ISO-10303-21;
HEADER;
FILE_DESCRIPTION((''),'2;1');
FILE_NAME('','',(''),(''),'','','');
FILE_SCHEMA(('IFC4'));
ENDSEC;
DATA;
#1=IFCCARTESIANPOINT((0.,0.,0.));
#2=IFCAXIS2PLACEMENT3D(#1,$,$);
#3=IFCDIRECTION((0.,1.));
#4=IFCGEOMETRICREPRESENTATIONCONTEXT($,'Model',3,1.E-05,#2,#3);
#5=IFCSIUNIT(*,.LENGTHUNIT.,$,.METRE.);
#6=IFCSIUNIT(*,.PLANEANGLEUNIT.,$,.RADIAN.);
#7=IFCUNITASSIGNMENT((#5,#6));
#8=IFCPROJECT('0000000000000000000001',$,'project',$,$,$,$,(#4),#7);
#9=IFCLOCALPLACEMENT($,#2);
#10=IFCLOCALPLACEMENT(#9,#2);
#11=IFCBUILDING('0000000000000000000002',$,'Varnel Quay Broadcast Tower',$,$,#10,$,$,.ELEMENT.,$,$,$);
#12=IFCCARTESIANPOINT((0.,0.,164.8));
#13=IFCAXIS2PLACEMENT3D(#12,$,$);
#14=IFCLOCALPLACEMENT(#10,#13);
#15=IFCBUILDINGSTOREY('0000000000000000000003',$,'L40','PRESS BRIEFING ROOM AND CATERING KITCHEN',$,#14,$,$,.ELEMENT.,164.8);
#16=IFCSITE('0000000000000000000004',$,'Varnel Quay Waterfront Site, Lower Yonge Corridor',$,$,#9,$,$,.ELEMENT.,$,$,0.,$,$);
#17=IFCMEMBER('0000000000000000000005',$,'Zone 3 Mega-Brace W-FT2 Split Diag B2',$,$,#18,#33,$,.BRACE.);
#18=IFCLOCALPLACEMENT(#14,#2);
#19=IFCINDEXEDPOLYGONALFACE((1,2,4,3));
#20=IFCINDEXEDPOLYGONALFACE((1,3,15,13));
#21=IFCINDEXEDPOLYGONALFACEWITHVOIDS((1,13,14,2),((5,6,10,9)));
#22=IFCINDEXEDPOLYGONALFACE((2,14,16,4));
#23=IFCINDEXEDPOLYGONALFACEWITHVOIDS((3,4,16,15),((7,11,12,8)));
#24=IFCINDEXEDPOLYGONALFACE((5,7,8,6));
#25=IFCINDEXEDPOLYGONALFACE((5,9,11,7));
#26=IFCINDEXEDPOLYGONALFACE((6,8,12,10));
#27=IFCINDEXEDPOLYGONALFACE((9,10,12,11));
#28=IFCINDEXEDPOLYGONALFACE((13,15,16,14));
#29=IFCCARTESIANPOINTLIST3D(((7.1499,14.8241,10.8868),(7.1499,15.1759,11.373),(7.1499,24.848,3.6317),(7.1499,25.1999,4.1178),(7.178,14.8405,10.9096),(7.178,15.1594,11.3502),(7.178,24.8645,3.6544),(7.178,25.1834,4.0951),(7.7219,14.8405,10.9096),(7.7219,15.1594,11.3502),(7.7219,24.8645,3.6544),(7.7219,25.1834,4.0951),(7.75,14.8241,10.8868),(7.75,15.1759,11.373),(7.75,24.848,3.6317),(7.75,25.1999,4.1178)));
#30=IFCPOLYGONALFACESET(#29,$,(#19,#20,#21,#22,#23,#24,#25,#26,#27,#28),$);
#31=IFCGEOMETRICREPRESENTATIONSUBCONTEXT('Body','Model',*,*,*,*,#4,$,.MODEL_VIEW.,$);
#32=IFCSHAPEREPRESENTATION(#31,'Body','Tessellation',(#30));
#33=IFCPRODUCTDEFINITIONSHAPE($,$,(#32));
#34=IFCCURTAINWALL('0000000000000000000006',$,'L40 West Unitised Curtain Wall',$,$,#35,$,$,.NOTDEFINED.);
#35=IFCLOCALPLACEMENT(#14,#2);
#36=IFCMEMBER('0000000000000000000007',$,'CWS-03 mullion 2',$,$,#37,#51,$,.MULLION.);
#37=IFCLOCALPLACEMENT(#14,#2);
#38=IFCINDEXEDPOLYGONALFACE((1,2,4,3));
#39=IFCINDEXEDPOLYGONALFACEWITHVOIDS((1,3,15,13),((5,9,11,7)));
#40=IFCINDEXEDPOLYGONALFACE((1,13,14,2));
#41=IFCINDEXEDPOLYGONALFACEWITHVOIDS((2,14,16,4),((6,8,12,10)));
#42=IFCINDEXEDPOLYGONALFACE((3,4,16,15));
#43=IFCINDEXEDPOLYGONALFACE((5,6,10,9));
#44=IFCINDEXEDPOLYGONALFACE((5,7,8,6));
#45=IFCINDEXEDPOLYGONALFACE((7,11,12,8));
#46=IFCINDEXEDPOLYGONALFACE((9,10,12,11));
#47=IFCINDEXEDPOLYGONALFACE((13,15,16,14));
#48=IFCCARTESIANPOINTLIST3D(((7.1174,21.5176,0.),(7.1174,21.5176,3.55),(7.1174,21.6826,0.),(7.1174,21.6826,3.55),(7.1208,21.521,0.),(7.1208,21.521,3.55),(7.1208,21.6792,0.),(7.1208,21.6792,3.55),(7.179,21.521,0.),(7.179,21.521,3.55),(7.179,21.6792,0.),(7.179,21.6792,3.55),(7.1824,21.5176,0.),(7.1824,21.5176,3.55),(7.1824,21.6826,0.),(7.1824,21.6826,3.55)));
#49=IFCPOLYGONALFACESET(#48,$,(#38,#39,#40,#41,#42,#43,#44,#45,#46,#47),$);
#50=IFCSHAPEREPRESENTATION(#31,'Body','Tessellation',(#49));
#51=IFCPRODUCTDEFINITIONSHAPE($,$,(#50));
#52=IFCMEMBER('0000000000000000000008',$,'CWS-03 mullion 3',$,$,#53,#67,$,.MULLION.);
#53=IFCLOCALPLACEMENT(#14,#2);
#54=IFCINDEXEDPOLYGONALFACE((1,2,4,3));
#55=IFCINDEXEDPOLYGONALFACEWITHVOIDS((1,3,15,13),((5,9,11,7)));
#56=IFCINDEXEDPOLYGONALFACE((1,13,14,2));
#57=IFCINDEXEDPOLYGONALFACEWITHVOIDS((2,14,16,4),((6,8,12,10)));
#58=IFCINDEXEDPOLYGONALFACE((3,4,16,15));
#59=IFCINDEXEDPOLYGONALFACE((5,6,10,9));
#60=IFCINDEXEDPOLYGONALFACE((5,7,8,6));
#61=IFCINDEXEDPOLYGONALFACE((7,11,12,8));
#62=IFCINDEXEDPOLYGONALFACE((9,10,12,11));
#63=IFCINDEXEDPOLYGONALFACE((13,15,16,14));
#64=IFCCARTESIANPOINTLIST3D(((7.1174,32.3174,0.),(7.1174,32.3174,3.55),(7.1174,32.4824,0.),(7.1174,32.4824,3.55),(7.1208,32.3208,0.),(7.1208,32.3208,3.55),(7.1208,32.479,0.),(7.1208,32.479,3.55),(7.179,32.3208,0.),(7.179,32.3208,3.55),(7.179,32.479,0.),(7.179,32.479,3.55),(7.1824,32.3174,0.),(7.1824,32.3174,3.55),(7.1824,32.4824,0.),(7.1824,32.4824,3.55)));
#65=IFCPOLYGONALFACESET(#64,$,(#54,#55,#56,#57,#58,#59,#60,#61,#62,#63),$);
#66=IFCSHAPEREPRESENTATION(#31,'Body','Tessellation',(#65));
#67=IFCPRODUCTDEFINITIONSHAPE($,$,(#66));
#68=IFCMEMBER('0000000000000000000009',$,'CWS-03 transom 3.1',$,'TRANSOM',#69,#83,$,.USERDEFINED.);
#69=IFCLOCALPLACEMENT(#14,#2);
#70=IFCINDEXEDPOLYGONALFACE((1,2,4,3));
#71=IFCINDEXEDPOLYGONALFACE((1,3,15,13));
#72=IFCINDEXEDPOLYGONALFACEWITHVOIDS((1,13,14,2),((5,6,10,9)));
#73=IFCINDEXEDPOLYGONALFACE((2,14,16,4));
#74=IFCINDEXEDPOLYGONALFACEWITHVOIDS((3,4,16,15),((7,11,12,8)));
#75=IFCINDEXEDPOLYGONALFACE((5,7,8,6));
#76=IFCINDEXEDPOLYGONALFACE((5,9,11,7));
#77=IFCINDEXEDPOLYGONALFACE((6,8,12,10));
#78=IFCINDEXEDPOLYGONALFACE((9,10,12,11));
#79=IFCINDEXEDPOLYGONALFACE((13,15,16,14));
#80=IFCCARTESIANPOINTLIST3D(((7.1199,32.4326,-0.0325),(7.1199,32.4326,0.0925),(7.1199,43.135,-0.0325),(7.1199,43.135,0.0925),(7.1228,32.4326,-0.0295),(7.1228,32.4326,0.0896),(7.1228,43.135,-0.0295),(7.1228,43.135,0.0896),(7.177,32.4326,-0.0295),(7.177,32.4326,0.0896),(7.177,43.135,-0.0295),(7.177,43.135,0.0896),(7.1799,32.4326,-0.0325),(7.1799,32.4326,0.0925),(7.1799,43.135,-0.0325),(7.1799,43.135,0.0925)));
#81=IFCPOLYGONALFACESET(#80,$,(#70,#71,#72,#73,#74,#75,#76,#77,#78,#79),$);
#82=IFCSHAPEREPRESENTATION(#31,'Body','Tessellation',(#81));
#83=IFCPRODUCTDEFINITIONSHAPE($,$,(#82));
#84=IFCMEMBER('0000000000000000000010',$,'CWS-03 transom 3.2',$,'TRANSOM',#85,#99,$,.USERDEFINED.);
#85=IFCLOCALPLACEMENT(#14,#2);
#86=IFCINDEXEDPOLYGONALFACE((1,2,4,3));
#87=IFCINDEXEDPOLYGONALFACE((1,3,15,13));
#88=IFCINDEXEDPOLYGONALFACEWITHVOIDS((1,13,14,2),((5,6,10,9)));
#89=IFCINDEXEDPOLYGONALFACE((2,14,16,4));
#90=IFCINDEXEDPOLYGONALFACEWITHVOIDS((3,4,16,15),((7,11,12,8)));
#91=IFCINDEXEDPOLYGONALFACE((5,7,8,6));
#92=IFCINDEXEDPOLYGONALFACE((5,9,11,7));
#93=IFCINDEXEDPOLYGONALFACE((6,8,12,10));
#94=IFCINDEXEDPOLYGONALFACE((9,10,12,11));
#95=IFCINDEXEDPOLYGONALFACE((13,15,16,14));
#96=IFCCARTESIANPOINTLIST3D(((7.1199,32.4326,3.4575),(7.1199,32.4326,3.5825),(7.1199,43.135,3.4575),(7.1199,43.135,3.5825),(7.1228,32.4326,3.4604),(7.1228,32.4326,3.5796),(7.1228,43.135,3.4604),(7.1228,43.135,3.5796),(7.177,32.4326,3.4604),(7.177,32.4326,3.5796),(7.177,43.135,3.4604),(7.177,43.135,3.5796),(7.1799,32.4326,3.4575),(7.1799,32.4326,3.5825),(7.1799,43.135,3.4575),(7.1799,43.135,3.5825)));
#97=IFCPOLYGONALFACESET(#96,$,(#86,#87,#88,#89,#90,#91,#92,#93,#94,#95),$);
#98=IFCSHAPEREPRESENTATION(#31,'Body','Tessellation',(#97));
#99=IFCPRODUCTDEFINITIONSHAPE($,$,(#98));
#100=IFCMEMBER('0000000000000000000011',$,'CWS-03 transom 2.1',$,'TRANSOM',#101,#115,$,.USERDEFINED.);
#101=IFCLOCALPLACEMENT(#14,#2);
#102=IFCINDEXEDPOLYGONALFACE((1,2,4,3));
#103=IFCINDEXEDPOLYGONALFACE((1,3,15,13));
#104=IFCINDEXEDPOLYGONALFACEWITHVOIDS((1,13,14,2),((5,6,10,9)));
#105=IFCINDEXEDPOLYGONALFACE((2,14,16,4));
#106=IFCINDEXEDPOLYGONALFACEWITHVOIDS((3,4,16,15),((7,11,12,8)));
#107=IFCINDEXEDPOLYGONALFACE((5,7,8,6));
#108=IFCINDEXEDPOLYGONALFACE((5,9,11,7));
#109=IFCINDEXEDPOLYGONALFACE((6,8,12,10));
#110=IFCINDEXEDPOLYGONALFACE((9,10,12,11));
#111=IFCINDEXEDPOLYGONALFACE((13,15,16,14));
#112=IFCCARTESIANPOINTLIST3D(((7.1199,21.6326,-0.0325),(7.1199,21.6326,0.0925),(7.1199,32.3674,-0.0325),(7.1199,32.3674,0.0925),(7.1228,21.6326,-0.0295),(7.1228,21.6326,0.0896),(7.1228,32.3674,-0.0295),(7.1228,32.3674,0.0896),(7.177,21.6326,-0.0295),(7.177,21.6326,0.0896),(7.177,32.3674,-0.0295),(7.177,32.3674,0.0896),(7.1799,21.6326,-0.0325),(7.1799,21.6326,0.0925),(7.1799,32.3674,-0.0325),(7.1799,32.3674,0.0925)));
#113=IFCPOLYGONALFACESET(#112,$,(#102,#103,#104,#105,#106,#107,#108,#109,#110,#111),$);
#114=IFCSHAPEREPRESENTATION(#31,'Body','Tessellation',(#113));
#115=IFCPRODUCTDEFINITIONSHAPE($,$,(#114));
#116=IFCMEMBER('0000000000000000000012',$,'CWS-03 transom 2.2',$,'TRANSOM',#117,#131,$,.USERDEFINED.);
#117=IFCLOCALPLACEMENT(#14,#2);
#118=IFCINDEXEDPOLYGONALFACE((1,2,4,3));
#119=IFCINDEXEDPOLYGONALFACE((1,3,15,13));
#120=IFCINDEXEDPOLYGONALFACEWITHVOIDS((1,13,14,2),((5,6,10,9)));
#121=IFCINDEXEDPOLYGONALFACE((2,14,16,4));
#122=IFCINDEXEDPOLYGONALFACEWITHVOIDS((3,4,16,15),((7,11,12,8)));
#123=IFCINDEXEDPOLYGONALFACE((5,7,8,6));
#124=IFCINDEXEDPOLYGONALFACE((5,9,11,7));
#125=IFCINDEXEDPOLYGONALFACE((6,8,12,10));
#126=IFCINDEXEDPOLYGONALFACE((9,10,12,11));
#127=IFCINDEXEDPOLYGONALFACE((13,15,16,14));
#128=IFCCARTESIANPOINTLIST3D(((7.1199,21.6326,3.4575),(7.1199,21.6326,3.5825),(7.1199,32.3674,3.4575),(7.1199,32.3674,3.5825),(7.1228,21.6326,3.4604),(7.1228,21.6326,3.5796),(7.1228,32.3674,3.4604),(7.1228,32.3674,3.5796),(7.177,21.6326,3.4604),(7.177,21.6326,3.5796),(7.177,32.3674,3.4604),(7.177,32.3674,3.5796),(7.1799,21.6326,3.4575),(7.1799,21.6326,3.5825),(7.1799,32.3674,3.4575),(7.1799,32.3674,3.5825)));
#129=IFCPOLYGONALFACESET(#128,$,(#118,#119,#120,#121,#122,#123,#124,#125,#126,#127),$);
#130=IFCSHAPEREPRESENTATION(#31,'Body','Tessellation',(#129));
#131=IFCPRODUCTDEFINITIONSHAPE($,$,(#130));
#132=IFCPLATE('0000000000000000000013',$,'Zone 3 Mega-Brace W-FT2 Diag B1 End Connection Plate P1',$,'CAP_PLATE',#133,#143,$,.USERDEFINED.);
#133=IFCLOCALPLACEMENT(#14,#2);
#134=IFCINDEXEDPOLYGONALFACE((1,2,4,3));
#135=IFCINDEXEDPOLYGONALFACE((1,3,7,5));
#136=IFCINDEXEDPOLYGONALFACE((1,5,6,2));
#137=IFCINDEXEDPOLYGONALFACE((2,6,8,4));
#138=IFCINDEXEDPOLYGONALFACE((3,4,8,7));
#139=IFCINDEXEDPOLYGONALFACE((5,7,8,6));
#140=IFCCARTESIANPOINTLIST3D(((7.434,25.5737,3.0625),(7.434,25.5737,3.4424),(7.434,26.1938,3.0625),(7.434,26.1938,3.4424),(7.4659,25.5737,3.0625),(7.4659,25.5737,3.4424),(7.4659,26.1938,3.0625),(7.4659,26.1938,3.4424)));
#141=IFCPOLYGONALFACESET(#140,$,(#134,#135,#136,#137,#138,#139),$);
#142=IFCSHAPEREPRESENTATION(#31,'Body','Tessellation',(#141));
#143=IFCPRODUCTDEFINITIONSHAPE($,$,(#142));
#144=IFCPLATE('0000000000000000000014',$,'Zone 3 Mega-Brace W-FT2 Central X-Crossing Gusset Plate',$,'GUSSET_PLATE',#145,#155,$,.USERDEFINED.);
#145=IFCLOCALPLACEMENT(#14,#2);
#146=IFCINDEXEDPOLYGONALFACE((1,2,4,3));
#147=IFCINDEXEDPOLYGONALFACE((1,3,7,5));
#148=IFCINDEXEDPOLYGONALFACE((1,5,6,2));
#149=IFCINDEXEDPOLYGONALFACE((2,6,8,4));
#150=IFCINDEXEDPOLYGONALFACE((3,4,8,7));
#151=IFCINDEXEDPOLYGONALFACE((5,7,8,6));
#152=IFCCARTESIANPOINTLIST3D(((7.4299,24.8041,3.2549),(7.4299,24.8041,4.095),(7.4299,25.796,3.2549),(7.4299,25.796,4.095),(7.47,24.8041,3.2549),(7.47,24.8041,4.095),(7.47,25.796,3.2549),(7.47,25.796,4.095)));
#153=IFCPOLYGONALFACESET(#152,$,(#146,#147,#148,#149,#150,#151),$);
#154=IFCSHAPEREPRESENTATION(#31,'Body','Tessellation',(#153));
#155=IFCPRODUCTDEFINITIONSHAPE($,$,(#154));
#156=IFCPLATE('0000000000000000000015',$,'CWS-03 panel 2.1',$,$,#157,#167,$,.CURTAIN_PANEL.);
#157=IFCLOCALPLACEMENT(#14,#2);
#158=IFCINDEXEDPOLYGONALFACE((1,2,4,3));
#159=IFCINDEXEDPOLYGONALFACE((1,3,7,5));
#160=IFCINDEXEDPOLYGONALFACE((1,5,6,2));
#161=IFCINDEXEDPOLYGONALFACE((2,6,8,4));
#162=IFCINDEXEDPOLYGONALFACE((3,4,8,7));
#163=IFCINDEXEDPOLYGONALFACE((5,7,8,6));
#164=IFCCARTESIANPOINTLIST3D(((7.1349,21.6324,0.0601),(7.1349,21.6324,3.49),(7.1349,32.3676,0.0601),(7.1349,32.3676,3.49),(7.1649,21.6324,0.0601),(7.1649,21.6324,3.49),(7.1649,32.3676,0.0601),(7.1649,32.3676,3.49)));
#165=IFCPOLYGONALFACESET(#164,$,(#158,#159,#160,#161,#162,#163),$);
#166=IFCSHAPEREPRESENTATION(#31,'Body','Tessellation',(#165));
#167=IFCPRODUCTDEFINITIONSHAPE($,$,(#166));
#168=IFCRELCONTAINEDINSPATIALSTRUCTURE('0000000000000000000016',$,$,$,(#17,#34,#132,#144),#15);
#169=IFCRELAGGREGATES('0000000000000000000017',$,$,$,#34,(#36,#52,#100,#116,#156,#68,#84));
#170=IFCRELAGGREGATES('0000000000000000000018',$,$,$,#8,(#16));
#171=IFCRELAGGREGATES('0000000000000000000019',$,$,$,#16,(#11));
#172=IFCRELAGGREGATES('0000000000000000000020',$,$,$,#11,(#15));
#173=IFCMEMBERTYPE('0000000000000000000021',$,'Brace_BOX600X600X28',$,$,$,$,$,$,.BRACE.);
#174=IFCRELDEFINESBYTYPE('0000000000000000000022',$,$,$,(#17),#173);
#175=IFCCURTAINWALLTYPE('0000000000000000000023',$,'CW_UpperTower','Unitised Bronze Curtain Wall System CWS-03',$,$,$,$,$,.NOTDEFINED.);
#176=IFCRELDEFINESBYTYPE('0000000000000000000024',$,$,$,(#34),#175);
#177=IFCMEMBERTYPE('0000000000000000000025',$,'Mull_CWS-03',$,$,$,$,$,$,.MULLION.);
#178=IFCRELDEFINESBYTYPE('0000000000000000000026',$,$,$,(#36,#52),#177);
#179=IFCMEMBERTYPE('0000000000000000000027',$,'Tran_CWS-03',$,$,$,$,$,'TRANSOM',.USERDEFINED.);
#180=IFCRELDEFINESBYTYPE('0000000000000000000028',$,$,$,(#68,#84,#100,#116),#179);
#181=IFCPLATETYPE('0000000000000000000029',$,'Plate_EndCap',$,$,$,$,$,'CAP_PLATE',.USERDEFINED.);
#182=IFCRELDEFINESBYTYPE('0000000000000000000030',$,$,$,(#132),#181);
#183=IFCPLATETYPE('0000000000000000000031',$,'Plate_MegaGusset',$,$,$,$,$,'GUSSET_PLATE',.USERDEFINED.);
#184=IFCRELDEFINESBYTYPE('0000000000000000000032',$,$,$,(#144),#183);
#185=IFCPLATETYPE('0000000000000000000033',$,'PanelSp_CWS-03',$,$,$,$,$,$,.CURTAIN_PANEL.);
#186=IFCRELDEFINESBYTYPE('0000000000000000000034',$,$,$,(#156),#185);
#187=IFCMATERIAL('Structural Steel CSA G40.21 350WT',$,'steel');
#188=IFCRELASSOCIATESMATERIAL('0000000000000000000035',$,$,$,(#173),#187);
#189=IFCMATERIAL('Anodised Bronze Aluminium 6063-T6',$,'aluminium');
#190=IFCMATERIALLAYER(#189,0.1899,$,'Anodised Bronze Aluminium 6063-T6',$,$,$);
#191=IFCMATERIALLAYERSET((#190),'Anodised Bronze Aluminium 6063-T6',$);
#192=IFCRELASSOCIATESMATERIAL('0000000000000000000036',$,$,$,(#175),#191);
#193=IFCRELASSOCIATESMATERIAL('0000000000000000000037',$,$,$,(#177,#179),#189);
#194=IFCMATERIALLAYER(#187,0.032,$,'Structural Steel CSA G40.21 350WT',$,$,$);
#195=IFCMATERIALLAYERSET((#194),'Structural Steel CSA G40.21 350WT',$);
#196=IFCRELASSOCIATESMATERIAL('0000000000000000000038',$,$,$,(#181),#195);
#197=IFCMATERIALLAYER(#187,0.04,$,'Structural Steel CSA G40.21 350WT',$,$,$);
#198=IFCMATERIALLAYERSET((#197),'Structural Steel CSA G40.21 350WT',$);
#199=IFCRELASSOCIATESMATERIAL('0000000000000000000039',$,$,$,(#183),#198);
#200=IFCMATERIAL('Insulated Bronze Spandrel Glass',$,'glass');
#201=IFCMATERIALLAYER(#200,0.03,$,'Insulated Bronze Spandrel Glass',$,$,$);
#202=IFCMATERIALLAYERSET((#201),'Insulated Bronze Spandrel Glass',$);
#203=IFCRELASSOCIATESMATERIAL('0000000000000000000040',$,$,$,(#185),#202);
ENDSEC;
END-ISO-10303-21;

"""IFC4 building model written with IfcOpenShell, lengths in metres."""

from ifc_helpers import new_model, si_unit, direction, frame, origin, origin_2d, place, context, subcontext, project, spatial, rectangle, hollow_rectangle, extrude, source, transform, mapped, material, layer, layer_set, material_profile, profile_set, type_object, type_shapes, element, aggregate, save


model = new_model("IFC4")

# Units and contexts
model_context = context("Model", 3, precision=1e-05, world=origin(), true_north=direction((0.0, 1.0)))
body_context = subcontext(model_context, "Body", "Model", "MODEL_VIEW")
ifc_project = project(units=[si_unit("LENGTHUNIT", "METRE"), si_unit("PLANEANGLEUNIT", "RADIAN")], contexts=[model_context])

# Site, building, storey
site_placement = place(None, origin())
site = spatial("IfcSite", under=ifc_project, at=site_placement, Name="Varnel Quay Waterfront Site, Lower Yonge Corridor", CompositionType="ELEMENT", RefElevation=0.0)
building_placement = place(site_placement, origin())
building = spatial("IfcBuilding", under=site, at=building_placement, Name="Varnel Quay Broadcast Tower", CompositionType="ELEMENT")
storey_placement = place(building_placement, frame((0.0, 0.0, 164.8)))
storey = spatial("IfcBuildingStorey", under=building, at=storey_placement, Name="L40", Description="PRESS BRIEFING ROOM AND CATERING KITCHEN", CompositionType="ELEMENT", Elevation=164.8)

# Member
ifc_material_1 = material(Name="Structural Steel CSA G40.21 350WT", Category="steel")
ifc_material_profile_1 = material_profile(ifc_material_1, hollow_rectangle(XDim=0.6001, YDim=0.6001, WallThickness=0.0281, at=origin_2d()), Name="BOX600X600X28")
ifc_profile_set_1 = profile_set([ifc_material_profile_1], Name="Structural Steel CSA G40.21 350WT")
member_type_1 = type_object("IfcMemberType", Name="Brace_BOX600X600X28", PredefinedType="BRACE", material=ifc_profile_set_1)
shared_shape_1 = source(origin(), body_context, "Body", "SweptSolid", [
    extrude(hollow_rectangle(XDim=0.6001, YDim=0.6001, WallThickness=0.0281, at=origin_2d()), origin(), (0.0, 0.0, 1.0), 12.374),
])
type_shapes(member_type_1, [shared_shape_1])
member_1_placement = place(storey_placement, frame((7.45, 25.0239, 3.8748), z_axis=(0.0, -0.810079, 0.58632), x_axis=(1.0, 0.0, 0.0)))
element("IfcMember", 1, at=member_1_placement, inside=storey, type_object=member_type_1, Name="Zone 3 Mega-Brace W-FT2 Split Diag B2", PredefinedType="BRACE", context=body_context, shape_type="MappedRepresentation", body=[
    mapped(shared_shape_1, transform((0.0, 0.0, 0.0), x_axis=(1.0, 0.0, 0.0), y_axis=(0.0, 1.0, 0.0), z_axis=(0.0, 0.0, 1.0), scale=1.0)),
])

# Curtain wall, members
ifc_material_2 = material(Name="Anodised Bronze Aluminium 6063-T6", Category="aluminium")
ifc_layer_1 = layer(ifc_material_2, 0.1899, Name="Anodised Bronze Aluminium 6063-T6")
ifc_layer_set_1 = layer_set([ifc_layer_1], Name="Anodised Bronze Aluminium 6063-T6")
curtain_wall_type = type_object("IfcCurtainWallType", Name="CW_UpperTower", Description="Unitised Bronze Curtain Wall System CWS-03", PredefinedType="NOTDEFINED", material=ifc_layer_set_1)
curtain_wall_placement = place(storey_placement, origin())
curtain_wall = element("IfcCurtainWall", 2, at=curtain_wall_placement, inside=storey, type_object=curtain_wall_type, Name="L40 West Unitised Curtain Wall", PredefinedType="NOTDEFINED")
ifc_material_profile_2 = material_profile(ifc_material_2, hollow_rectangle(XDim=0.0649, YDim=0.165, WallThickness=0.0034, at=origin_2d()), Name="ALU65X165X3.5")
ifc_profile_set_2 = profile_set([ifc_material_profile_2], Name="Anodised Bronze Aluminium 6063-T6")
member_type_2 = type_object("IfcMemberType", Name="Mull_CWS-03", PredefinedType="MULLION", material=ifc_profile_set_2)
shared_shape_2 = source(origin(), body_context, "Body", "SweptSolid", [
    extrude(hollow_rectangle(XDim=0.0649, YDim=0.165, WallThickness=0.0034, at=origin_2d()), origin(), (0.0, 0.0, 1.0), 3.55),
])
type_shapes(member_type_2, [shared_shape_2])
member_2_placement = place(storey_placement, frame((7.1499, 21.6001, 0.0), z_axis=(0.0, 0.0, 1.0), x_axis=(-1.0, 0.0, 0.0)))
member_2 = element("IfcMember", 3, at=member_2_placement, type_object=member_type_2, Name="CWS-03 mullion 2", PredefinedType="MULLION", context=body_context, shape_type="MappedRepresentation", body=[
    mapped(shared_shape_2, transform((0.0, 0.0, 0.0), x_axis=(1.0, 0.0, 0.0), y_axis=(0.0, 1.0, 0.0), z_axis=(0.0, 0.0, 1.0), scale=1.0)),
])
member_3_placement = place(storey_placement, frame((7.1499, 32.3999, 0.0), z_axis=(0.0, 0.0, 1.0), x_axis=(-1.0, 0.0, 0.0)))
member_3 = element("IfcMember", 4, at=member_3_placement, type_object=member_type_2, Name="CWS-03 mullion 3", PredefinedType="MULLION", context=body_context, shape_type="MappedRepresentation", body=[
    mapped(shared_shape_2, transform((0.0, 0.0, 0.0), x_axis=(1.0, 0.0, 0.0), y_axis=(0.0, 1.0, 0.0), z_axis=(0.0, 0.0, 1.0), scale=1.0)),
])
ifc_material_profile_3 = material_profile(ifc_material_2, hollow_rectangle(XDim=0.0601, YDim=0.125, WallThickness=0.0029, at=origin_2d()), Name="ALU60X125X3")
ifc_profile_set_3 = profile_set([ifc_material_profile_3], Name="Anodised Bronze Aluminium 6063-T6")
member_type_3 = type_object("IfcMemberType", Name="Tran_CWS-03", ElementType="TRANSOM", PredefinedType="USERDEFINED", material=ifc_profile_set_3)
shared_shape_3 = source(origin(), body_context, "Body", "SweptSolid", [
    extrude(hollow_rectangle(XDim=0.0601, YDim=0.125, WallThickness=0.0029, at=origin_2d()), origin(), (0.0, 0.0, 1.0), 10.7024),
])
member_4_placement = place(storey_placement, frame((7.1499, 32.4326, 0.03), z_axis=(0.0, 1.0, 0.0), x_axis=(-1.0, 0.0, 0.0)))
member_4 = element("IfcMember", 5, at=member_4_placement, type_object=member_type_3, Name="CWS-03 transom 3.1", ObjectType="TRANSOM", PredefinedType="USERDEFINED", context=body_context, shape_type="MappedRepresentation", body=[
    mapped(shared_shape_3, transform((0.0, 0.0, 0.0), x_axis=(1.0, 0.0, 0.0), y_axis=(0.0, 1.0, 0.0), z_axis=(0.0, 0.0, 1.0), scale=1.0)),
])
member_5_placement = place(storey_placement, frame((7.1499, 32.4326, 3.52), z_axis=(0.0, 1.0, 0.0), x_axis=(-1.0, 0.0, 0.0)))
member_5 = element("IfcMember", 6, at=member_5_placement, type_object=member_type_3, Name="CWS-03 transom 3.2", ObjectType="TRANSOM", PredefinedType="USERDEFINED", context=body_context, shape_type="MappedRepresentation", body=[
    mapped(shared_shape_3, transform((0.0, 0.0, 0.0), x_axis=(1.0, 0.0, 0.0), y_axis=(0.0, 1.0, 0.0), z_axis=(0.0, 0.0, 1.0), scale=1.0)),
])
shared_shape_4 = source(origin(), body_context, "Body", "SweptSolid", [
    extrude(hollow_rectangle(XDim=0.0601, YDim=0.125, WallThickness=0.0029, at=origin_2d()), origin(), (0.0, 0.0, 1.0), 10.7349),
])
type_shapes(member_type_3, [shared_shape_3, shared_shape_4])
member_6_placement = place(storey_placement, frame((7.1499, 21.6326, 0.03), z_axis=(0.0, 1.0, 0.0), x_axis=(-1.0, 0.0, 0.0)))
member_6 = element("IfcMember", 7, at=member_6_placement, type_object=member_type_3, Name="CWS-03 transom 2.1", ObjectType="TRANSOM", PredefinedType="USERDEFINED", context=body_context, shape_type="MappedRepresentation", body=[
    mapped(shared_shape_4, transform((0.0, 0.0, 0.0), x_axis=(1.0, 0.0, 0.0), y_axis=(0.0, 1.0, 0.0), z_axis=(0.0, 0.0, 1.0), scale=1.0)),
])
member_7_placement = place(storey_placement, frame((7.1499, 21.6326, 3.52), z_axis=(0.0, 1.0, 0.0), x_axis=(-1.0, 0.0, 0.0)))
member_7 = element("IfcMember", 8, at=member_7_placement, type_object=member_type_3, Name="CWS-03 transom 2.2", ObjectType="TRANSOM", PredefinedType="USERDEFINED", context=body_context, shape_type="MappedRepresentation", body=[
    mapped(shared_shape_4, transform((0.0, 0.0, 0.0), x_axis=(1.0, 0.0, 0.0), y_axis=(0.0, 1.0, 0.0), z_axis=(0.0, 0.0, 1.0), scale=1.0)),
])

# Plates
ifc_layer_2 = layer(ifc_material_1, 0.032, Name="Structural Steel CSA G40.21 350WT")
ifc_layer_set_2 = layer_set([ifc_layer_2], Name="Structural Steel CSA G40.21 350WT")
plate_type_1 = type_object("IfcPlateType", Name="Plate_EndCap", ElementType="CAP_PLATE", PredefinedType="USERDEFINED", material=ifc_layer_set_2)
shared_shape_5 = source(origin(), body_context, "Body", "SweptSolid", [
    extrude(rectangle(XDim=0.6201, YDim=0.032, at=origin_2d()), origin(), (0.0, 0.0, 1.0), 0.3799),
])
type_shapes(plate_type_1, [shared_shape_5])
plate_1_placement = place(storey_placement, frame((7.45, 25.8838, 3.0625), z_axis=(0.0, 0.0, 1.0), x_axis=(0.0, 1.0, 0.0)))
element("IfcPlate", 9, at=plate_1_placement, inside=storey, type_object=plate_type_1, Name="Zone 3 Mega-Brace W-FT2 Diag B1 End Connection Plate P1", ObjectType="CAP_PLATE", PredefinedType="USERDEFINED", context=body_context, shape_type="MappedRepresentation", body=[
    mapped(shared_shape_5, transform((0.0, 0.0, 0.0), x_axis=(1.0, 0.0, 0.0), y_axis=(0.0, 1.0, 0.0), z_axis=(0.0, 0.0, 1.0), scale=1.0)),
])
ifc_layer_3 = layer(ifc_material_1, 0.04, Name="Structural Steel CSA G40.21 350WT")
ifc_layer_set_3 = layer_set([ifc_layer_3], Name="Structural Steel CSA G40.21 350WT")
plate_type_2 = type_object("IfcPlateType", Name="Plate_MegaGusset", ElementType="GUSSET_PLATE", PredefinedType="USERDEFINED", material=ifc_layer_set_3)
shared_shape_6 = source(origin(), body_context, "Body", "SweptSolid", [
    extrude(rectangle(XDim=0.9919, YDim=0.04, at=origin_2d()), origin(), (0.0, 0.0, 1.0), 0.8401),
])
type_shapes(plate_type_2, [shared_shape_6])
plate_2_placement = place(storey_placement, frame((7.45, 25.3, 3.2549), z_axis=(0.0, 0.0, 1.0), x_axis=(0.0, 1.0, 0.0)))
element("IfcPlate", 10, at=plate_2_placement, inside=storey, type_object=plate_type_2, Name="Zone 3 Mega-Brace W-FT2 Central X-Crossing Gusset Plate", ObjectType="GUSSET_PLATE", PredefinedType="USERDEFINED", context=body_context, shape_type="MappedRepresentation", body=[
    mapped(shared_shape_6, transform((0.0, 0.0, 0.0), x_axis=(1.0, 0.0, 0.0), y_axis=(0.0, 1.0, 0.0), z_axis=(0.0, 0.0, 1.0), scale=1.0)),
])

# Plate
ifc_material_3 = material(Name="Insulated Bronze Spandrel Glass", Category="glass")
ifc_layer_4 = layer(ifc_material_3, 0.03, Name="Insulated Bronze Spandrel Glass")
ifc_layer_set_4 = layer_set([ifc_layer_4], Name="Insulated Bronze Spandrel Glass")
plate_type_3 = type_object("IfcPlateType", Name="PanelSp_CWS-03", PredefinedType="CURTAIN_PANEL", material=ifc_layer_set_4)
shared_shape_7 = source(origin(), body_context, "Body", "SweptSolid", [
    extrude(rectangle(XDim=10.7351, YDim=0.03, at=origin_2d()), origin(), (0.0, 0.0, 1.0), 3.4299),
])
type_shapes(plate_type_3, [shared_shape_7])
plate_3_placement = place(storey_placement, frame((7.1499, 27.0, 0.0601), z_axis=(0.0, 0.0, 1.0), x_axis=(0.0, 1.0, 0.0)))
plate_3 = element("IfcPlate", 11, at=plate_3_placement, type_object=plate_type_3, Name="CWS-03 panel 2.1", PredefinedType="CURTAIN_PANEL", context=body_context, shape_type="MappedRepresentation", body=[
    mapped(shared_shape_7, transform((0.0, 0.0, 0.0), x_axis=(1.0, 0.0, 0.0), y_axis=(0.0, 1.0, 0.0), z_axis=(0.0, 0.0, 1.0), scale=1.0)),
])
aggregate(curtain_wall, [member_2, member_3, member_6, member_7, plate_3, member_4, member_5])

save(model, "model.ifc")
